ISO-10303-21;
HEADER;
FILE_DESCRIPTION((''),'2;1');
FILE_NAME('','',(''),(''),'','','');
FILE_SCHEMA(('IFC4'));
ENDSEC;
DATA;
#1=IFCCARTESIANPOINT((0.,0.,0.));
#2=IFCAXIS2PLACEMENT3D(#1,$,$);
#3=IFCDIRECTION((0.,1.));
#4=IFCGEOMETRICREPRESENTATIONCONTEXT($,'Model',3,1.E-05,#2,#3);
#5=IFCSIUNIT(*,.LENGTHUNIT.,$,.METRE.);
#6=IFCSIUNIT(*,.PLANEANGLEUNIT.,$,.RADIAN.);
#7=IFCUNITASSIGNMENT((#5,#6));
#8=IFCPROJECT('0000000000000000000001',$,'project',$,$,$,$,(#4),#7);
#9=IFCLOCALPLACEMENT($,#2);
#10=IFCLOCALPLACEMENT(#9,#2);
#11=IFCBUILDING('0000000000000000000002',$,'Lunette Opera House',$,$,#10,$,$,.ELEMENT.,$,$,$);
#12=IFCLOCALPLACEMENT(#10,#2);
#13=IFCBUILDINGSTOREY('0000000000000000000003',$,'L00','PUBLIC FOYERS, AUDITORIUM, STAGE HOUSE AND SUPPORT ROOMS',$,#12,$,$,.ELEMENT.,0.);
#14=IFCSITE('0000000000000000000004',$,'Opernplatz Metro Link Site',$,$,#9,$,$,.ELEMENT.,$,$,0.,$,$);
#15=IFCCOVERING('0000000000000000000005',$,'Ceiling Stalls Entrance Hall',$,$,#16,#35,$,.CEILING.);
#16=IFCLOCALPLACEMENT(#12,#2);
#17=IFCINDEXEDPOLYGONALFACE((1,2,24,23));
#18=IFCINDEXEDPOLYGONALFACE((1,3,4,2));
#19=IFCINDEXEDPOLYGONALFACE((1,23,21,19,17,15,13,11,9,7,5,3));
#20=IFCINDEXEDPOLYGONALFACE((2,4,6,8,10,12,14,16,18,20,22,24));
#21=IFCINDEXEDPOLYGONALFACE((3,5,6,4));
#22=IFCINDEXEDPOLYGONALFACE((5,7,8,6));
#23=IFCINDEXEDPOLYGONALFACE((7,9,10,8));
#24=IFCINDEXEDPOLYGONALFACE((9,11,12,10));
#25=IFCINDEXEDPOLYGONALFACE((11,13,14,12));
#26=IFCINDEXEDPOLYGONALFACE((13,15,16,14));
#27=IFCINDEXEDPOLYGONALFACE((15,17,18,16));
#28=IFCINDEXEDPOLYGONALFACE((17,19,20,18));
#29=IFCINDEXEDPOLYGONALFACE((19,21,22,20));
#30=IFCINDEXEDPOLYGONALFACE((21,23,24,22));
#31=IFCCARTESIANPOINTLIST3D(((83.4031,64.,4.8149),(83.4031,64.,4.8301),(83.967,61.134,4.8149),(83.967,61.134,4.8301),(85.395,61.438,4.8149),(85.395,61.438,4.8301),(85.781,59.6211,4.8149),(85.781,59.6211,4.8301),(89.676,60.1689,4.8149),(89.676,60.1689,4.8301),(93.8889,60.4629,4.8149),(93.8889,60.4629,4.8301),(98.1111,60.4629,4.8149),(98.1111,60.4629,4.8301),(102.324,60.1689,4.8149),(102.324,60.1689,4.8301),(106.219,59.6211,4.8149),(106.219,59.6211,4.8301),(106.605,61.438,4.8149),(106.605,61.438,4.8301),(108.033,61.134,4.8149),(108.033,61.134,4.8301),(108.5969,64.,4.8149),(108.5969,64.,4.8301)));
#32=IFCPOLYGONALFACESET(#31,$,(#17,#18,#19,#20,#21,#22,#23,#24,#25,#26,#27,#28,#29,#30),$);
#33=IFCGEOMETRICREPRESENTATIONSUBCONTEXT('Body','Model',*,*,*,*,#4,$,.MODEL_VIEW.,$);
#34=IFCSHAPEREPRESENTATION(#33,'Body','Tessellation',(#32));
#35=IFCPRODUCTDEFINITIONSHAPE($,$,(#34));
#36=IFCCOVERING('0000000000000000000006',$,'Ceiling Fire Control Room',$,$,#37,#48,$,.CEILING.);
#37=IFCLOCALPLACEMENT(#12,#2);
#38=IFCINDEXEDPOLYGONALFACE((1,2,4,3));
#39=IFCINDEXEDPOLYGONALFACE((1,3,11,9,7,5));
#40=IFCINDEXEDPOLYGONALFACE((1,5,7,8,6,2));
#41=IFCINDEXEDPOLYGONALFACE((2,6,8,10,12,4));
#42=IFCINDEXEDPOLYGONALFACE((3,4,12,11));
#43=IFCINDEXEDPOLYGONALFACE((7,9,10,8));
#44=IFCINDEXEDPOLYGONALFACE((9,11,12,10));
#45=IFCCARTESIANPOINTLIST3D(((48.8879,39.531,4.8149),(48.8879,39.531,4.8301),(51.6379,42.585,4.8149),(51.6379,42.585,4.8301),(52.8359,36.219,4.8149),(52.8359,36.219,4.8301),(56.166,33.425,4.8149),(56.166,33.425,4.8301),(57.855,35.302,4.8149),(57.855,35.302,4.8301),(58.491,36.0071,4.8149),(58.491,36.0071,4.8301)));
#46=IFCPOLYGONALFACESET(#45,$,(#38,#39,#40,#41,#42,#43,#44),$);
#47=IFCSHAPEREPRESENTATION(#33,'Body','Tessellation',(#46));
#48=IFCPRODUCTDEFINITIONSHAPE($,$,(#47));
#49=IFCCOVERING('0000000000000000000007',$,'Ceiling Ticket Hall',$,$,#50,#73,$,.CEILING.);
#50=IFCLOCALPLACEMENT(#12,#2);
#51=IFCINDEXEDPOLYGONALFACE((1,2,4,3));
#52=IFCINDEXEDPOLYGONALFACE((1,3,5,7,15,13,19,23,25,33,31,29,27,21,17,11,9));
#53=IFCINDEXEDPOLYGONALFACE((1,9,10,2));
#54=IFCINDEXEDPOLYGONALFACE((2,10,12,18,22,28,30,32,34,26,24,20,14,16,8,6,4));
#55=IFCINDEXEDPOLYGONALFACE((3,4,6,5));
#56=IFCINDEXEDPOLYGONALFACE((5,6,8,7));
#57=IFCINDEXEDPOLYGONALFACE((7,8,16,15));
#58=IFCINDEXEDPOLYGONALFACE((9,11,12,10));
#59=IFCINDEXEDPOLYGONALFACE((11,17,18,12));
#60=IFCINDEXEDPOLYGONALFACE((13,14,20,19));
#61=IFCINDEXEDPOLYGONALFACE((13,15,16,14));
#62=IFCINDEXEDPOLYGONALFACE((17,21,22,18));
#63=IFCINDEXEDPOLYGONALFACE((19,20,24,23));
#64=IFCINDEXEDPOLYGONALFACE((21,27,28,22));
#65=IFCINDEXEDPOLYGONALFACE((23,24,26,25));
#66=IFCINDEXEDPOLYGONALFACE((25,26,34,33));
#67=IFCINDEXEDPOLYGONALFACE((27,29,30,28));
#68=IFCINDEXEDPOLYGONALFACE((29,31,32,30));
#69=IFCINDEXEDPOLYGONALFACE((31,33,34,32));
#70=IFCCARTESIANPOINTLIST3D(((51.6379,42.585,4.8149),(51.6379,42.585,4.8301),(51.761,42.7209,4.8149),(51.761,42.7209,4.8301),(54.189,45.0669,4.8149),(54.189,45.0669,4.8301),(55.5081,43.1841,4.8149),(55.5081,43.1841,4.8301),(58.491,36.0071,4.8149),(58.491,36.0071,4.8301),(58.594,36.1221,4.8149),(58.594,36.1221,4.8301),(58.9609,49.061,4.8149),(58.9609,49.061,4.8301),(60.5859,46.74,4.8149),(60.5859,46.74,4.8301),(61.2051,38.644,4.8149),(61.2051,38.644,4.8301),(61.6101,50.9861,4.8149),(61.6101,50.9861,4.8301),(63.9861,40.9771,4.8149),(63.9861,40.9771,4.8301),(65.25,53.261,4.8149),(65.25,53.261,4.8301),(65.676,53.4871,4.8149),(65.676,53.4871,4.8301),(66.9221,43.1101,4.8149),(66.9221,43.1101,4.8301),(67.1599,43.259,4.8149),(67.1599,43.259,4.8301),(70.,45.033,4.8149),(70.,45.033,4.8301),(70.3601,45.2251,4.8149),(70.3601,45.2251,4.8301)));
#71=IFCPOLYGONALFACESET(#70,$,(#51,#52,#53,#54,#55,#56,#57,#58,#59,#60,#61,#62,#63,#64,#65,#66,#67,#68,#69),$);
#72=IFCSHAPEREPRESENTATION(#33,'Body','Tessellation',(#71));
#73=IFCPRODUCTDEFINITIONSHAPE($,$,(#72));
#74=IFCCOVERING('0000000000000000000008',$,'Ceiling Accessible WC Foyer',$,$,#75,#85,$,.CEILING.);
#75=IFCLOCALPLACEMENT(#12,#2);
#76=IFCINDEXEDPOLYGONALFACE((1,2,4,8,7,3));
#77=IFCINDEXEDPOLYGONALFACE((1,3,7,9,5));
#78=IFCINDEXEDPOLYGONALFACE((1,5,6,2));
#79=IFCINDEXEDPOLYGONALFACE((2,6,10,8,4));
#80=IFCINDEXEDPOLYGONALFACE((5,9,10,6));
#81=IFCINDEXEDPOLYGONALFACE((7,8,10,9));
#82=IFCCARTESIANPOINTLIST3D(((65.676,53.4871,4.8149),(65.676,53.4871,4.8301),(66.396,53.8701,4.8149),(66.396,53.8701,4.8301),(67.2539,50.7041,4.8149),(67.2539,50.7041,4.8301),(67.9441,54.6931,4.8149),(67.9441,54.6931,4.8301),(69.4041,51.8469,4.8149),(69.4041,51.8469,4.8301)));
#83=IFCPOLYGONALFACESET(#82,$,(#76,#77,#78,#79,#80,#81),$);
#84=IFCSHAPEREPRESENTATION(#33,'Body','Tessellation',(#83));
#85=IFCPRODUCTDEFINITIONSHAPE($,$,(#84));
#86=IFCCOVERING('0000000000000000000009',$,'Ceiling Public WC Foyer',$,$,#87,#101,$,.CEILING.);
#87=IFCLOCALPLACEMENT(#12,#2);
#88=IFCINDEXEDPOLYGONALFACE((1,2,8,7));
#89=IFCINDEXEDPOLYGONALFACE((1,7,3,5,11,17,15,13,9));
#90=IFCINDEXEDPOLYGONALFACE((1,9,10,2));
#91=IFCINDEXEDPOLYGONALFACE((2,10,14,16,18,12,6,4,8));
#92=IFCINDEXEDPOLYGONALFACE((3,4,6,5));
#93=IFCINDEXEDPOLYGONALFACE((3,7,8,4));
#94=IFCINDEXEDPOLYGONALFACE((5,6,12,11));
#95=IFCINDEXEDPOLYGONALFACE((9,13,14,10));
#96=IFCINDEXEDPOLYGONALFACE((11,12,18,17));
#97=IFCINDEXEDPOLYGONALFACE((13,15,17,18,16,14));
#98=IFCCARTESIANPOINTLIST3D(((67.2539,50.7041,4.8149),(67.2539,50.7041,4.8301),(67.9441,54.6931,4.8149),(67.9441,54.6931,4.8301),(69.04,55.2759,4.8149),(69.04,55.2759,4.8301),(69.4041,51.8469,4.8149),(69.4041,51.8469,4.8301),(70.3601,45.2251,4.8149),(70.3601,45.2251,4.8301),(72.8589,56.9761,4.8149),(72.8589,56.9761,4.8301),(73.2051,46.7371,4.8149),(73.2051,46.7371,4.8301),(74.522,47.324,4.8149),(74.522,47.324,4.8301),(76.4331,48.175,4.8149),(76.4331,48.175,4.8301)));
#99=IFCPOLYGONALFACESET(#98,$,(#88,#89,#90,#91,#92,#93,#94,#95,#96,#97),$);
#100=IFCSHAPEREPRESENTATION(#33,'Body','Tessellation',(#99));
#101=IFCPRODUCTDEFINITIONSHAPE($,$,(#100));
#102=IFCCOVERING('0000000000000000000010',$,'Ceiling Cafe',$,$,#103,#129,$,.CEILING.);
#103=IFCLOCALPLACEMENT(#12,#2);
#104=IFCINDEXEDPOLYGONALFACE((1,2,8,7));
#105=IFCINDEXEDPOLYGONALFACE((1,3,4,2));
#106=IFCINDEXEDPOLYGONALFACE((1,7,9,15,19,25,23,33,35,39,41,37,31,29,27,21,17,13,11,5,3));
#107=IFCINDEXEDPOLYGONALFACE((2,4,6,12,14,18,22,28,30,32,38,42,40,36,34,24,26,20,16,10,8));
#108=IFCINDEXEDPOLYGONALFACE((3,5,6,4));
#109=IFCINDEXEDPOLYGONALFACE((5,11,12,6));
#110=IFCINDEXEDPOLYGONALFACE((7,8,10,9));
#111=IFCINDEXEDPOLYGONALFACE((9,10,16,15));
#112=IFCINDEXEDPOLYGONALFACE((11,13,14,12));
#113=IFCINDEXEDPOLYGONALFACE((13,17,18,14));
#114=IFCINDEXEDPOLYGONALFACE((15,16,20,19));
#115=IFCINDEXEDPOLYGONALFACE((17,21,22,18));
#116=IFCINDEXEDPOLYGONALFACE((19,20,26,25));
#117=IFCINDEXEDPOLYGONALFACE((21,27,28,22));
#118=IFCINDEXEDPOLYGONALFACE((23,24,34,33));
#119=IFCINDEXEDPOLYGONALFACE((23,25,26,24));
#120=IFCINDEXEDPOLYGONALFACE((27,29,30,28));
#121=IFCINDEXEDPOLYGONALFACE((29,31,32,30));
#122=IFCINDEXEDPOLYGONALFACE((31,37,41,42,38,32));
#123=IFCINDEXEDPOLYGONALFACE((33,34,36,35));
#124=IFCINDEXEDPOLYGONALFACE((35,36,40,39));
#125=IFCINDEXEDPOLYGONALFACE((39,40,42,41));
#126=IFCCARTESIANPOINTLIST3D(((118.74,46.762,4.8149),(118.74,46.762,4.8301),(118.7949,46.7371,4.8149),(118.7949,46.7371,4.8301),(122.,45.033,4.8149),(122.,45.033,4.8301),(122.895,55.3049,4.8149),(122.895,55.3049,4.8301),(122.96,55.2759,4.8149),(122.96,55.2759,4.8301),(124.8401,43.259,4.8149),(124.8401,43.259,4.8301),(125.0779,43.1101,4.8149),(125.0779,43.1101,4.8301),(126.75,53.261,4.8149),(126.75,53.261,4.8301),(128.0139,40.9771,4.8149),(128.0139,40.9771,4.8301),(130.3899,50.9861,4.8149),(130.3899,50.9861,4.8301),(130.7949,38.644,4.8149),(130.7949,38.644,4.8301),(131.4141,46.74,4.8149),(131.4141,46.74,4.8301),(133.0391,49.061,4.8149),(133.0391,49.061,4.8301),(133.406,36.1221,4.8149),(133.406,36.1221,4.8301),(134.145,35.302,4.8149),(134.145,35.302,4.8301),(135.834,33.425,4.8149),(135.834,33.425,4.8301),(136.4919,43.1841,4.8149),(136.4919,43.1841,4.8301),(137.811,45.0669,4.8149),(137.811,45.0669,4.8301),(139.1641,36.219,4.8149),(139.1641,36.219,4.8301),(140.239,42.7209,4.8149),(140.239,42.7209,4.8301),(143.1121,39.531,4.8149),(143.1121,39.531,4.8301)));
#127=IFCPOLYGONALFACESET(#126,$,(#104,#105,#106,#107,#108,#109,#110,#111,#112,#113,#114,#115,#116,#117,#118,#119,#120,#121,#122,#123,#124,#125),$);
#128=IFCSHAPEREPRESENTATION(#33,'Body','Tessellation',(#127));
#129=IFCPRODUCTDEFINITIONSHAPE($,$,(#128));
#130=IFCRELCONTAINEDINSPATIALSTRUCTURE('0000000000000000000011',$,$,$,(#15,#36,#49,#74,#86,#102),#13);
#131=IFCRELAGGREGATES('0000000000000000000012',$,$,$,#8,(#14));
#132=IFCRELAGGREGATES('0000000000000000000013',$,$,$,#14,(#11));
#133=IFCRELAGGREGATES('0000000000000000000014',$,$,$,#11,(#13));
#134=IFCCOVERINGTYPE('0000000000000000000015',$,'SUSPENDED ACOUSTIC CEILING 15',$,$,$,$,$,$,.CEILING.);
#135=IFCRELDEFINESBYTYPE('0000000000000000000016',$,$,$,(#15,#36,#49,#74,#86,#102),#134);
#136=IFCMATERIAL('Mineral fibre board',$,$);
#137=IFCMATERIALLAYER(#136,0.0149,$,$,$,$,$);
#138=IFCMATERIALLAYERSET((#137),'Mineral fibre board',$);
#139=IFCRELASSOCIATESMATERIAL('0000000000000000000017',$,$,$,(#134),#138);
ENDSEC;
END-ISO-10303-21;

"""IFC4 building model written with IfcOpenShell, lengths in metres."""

from ifc_helpers import new_model, si_unit, direction, frame, origin, place, context, subcontext, project, spatial, polyline, outline, extrude, material, layer, layer_set, type_object, element, save


model = new_model("IFC4")

# Units and contexts
model_context = context("Model", 3, precision=1e-05, world=origin(), true_north=direction((0.0, 1.0)))
body_context = subcontext(model_context, "Body", "Model", "MODEL_VIEW")
ifc_project = project(units=[si_unit("LENGTHUNIT", "METRE"), si_unit("PLANEANGLEUNIT", "RADIAN")], contexts=[model_context])

# Site, building, storey
site_placement = place(None, origin())
site = spatial("IfcSite", under=ifc_project, at=site_placement, Name="Opernplatz Metro Link Site", CompositionType="ELEMENT", RefElevation=0.0)
building_placement = place(site_placement, origin())
building = spatial("IfcBuilding", under=site, at=building_placement, Name="Lunette Opera House", CompositionType="ELEMENT")
storey_placement = place(building_placement, origin())
storey = spatial("IfcBuildingStorey", under=building, at=storey_placement, Name="L00", Description="PUBLIC FOYERS, AUDITORIUM, STAGE HOUSE AND SUPPORT ROOMS", CompositionType="ELEMENT", Elevation=0.0)

# Coverings
ifc_material_1 = material(Name="Mineral fibre board")
ifc_layer_1 = layer(ifc_material_1, 0.0149)
ifc_layer_set_1 = layer_set([ifc_layer_1], Name="Mineral fibre board")
covering_type = type_object("IfcCoveringType", Name="SUSPENDED ACOUSTIC CEILING 15", PredefinedType="CEILING", material=ifc_layer_set_1)
covering_1_placement = place(storey_placement, frame((0.0, 0.0, 4.8149)))
element("IfcCovering", 1, at=covering_1_placement, inside=storey, type_object=covering_type, Name="Ceiling Stalls Entrance Hall", PredefinedType="CEILING", context=body_context, shape_type="SweptSolid", body=[
    extrude(outline(polyline([(108.033, 61.134), (106.605, 61.438), (106.219, 59.6211), (102.324, 60.1689), (98.1111, 60.4629), (93.8889, 60.4629), (89.676, 60.1689), (85.781, 59.6211), (85.395, 61.438), (83.967, 61.134), (83.4031, 64.0), (108.5969, 64.0), (108.033, 61.134)])), origin(), (0.0, 0.0, 1.0), 0.0151),
])
covering_2_placement = place(storey_placement, frame((0.0, 0.0, 4.8149)))
element("IfcCovering", 2, at=covering_2_placement, inside=storey, type_object=covering_type, Name="Ceiling Fire Control Room", PredefinedType="CEILING", context=body_context, shape_type="SweptSolid", body=[
    extrude(outline(polyline([(56.166, 33.425), (52.8359, 36.219), (48.8879, 39.531), (51.6379, 42.585), (58.491, 36.0071), (57.855, 35.302), (56.166, 33.425)])), origin(), (0.0, 0.0, 1.0), 0.0151),
])
covering_3_placement = place(storey_placement, frame((0.0, 0.0, 4.8149)))
element("IfcCovering", 3, at=covering_3_placement, inside=storey, type_object=covering_type, Name="Ceiling Ticket Hall", PredefinedType="CEILING", context=body_context, shape_type="SweptSolid", body=[
    extrude(outline(polyline([(67.1599, 43.259), (66.9221, 43.1101), (63.9861, 40.9771), (61.2051, 38.644), (58.594, 36.1221), (58.491, 36.0071), (51.6379, 42.585), (51.761, 42.7209), (54.189, 45.0669), (55.5081, 43.1841), (60.5859, 46.74), (58.9609, 49.061), (61.6101, 50.9861), (65.25, 53.261), (65.676, 53.4871), (70.3601, 45.2251), (70.0, 45.033), (67.1599, 43.259)])), origin(), (0.0, 0.0, 1.0), 0.0151),
])
covering_4_placement = place(storey_placement, frame((0.0, 0.0, 4.8149)))
element("IfcCovering", 4, at=covering_4_placement, inside=storey, type_object=covering_type, Name="Ceiling Accessible WC Foyer", PredefinedType="CEILING", context=body_context, shape_type="SweptSolid", body=[
    extrude(outline(polyline([(66.396, 53.8701), (67.9441, 54.6931), (69.4041, 51.8469), (67.2539, 50.7041), (65.676, 53.4871), (66.396, 53.8701)])), origin(), (0.0, 0.0, 1.0), 0.0151),
])
covering_5_placement = place(storey_placement, frame((0.0, 0.0, 4.8149)))
element("IfcCovering", 5, at=covering_5_placement, inside=storey, type_object=covering_type, Name="Ceiling Public WC Foyer", PredefinedType="CEILING", context=body_context, shape_type="SweptSolid", body=[
    extrude(outline(polyline([(70.3601, 45.2251), (67.2539, 50.7041), (69.4041, 51.8469), (67.9441, 54.6931), (69.04, 55.2759), (72.8589, 56.9761), (76.4331, 48.175), (74.522, 47.324), (73.2051, 46.7371), (70.3601, 45.2251)])), origin(), (0.0, 0.0, 1.0), 0.0151),
])
covering_6_placement = place(storey_placement, frame((0.0, 0.0, 4.8149)))
element("IfcCovering", 6, at=covering_6_placement, inside=storey, type_object=covering_type, Name="Ceiling Cafe", PredefinedType="CEILING", context=body_context, shape_type="SweptSolid", body=[
    extrude(outline(polyline([(126.75, 53.261), (130.3899, 50.9861), (133.0391, 49.061), (131.4141, 46.74), (136.4919, 43.1841), (137.811, 45.0669), (140.239, 42.7209), (143.1121, 39.531), (139.1641, 36.219), (135.834, 33.425), (134.145, 35.302), (133.406, 36.1221), (130.7949, 38.644), (128.0139, 40.9771), (125.0779, 43.1101), (124.8401, 43.259), (122.0, 45.033), (118.7949, 46.7371), (118.74, 46.762), (122.895, 55.3049), (122.96, 55.2759), (126.75, 53.261)])), origin(), (0.0, 0.0, 1.0), 0.0151),
])

save(model, "model.ifc")
